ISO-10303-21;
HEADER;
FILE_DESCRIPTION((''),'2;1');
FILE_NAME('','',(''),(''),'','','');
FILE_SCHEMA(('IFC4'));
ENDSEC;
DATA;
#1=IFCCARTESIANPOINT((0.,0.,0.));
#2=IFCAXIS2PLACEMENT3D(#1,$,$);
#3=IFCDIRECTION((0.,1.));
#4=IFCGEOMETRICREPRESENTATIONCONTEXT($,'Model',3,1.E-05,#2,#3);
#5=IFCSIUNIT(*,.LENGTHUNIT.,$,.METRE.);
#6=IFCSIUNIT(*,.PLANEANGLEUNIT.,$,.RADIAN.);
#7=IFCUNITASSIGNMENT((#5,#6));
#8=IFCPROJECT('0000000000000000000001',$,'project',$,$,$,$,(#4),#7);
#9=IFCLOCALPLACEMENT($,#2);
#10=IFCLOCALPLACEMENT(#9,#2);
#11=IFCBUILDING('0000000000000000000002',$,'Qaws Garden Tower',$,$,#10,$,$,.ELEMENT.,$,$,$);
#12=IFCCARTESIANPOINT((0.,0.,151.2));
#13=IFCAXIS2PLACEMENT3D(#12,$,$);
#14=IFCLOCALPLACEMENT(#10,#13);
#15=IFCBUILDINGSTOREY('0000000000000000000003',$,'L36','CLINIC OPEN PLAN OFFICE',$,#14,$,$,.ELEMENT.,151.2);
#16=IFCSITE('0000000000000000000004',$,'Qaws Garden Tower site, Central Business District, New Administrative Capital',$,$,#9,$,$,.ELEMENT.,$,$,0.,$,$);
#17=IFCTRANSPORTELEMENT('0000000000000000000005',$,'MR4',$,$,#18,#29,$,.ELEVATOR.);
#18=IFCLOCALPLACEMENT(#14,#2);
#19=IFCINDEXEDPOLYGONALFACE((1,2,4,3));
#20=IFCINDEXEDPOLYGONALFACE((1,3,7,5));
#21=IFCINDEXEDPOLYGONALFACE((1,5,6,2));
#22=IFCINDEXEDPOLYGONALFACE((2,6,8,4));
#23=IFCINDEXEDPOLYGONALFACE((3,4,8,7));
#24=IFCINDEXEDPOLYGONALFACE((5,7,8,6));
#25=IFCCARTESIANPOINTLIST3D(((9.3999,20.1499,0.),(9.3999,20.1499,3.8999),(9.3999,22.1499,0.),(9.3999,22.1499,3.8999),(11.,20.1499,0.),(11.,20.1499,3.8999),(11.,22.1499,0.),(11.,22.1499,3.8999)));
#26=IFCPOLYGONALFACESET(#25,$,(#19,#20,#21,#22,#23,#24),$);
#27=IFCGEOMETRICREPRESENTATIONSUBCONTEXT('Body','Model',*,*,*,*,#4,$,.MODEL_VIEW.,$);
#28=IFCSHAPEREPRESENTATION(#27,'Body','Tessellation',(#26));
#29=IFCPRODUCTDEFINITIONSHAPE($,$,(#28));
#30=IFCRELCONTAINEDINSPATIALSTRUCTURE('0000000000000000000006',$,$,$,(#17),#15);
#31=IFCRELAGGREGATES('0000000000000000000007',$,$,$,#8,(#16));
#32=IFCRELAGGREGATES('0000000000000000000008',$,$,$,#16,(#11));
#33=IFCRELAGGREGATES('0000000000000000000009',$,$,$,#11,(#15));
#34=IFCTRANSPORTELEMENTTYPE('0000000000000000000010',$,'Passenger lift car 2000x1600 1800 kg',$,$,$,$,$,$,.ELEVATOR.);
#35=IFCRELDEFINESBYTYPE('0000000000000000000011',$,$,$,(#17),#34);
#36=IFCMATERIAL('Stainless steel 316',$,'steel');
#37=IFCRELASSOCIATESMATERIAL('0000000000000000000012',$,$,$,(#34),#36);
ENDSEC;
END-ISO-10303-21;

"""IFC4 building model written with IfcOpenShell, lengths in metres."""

from ifc_helpers import new_model, si_unit, direction, frame, origin, origin_2d, place, context, subcontext, project, spatial, rectangle, extrude, material, type_object, element, save


model = new_model("IFC4")

# Units and contexts
model_context = context("Model", 3, precision=1e-05, world=origin(), true_north=direction((0.0, 1.0)))
body_context = subcontext(model_context, "Body", "Model", "MODEL_VIEW")
ifc_project = project(units=[si_unit("LENGTHUNIT", "METRE"), si_unit("PLANEANGLEUNIT", "RADIAN")], contexts=[model_context])

# Site, building, storey
site_placement = place(None, origin())
site = spatial("IfcSite", under=ifc_project, at=site_placement, Name="Qaws Garden Tower site, Central Business District, New Administrative Capital", CompositionType="ELEMENT", RefElevation=0.0)
building_placement = place(site_placement, origin())
building = spatial("IfcBuilding", under=site, at=building_placement, Name="Qaws Garden Tower", CompositionType="ELEMENT")
storey_placement = place(building_placement, frame((0.0, 0.0, 151.2)))
storey = spatial("IfcBuildingStorey", under=building, at=storey_placement, Name="L36", Description="CLINIC OPEN PLAN OFFICE", CompositionType="ELEMENT", Elevation=151.2)

# Transport element
ifc_material_1 = material(Name="Stainless steel 316", Category="steel")
transport_element_type = type_object("IfcTransportElementType", Name="Passenger lift car 2000x1600 1800 kg", PredefinedType="ELEVATOR", material=ifc_material_1)
for number, where, z_axis, x_axis, name in (
    (1, (10.2, 21.1499, 0.0), (0.0, 0.0, 1.0), (1.0, 0.0, 0.0), "MR4"),
):
    element("IfcTransportElement", number, at=place(storey_placement, frame(where, z_axis=z_axis, x_axis=x_axis)), inside=storey, type_object=transport_element_type, Name=name, PredefinedType="ELEVATOR", context=body_context, shape_type="SweptSolid", body=[
        extrude(rectangle(XDim=1.6001, YDim=2.0, at=origin_2d()), origin(), (0.0, 0.0, 1.0), 3.8999),
    ])

save(model, "model.ifc")
